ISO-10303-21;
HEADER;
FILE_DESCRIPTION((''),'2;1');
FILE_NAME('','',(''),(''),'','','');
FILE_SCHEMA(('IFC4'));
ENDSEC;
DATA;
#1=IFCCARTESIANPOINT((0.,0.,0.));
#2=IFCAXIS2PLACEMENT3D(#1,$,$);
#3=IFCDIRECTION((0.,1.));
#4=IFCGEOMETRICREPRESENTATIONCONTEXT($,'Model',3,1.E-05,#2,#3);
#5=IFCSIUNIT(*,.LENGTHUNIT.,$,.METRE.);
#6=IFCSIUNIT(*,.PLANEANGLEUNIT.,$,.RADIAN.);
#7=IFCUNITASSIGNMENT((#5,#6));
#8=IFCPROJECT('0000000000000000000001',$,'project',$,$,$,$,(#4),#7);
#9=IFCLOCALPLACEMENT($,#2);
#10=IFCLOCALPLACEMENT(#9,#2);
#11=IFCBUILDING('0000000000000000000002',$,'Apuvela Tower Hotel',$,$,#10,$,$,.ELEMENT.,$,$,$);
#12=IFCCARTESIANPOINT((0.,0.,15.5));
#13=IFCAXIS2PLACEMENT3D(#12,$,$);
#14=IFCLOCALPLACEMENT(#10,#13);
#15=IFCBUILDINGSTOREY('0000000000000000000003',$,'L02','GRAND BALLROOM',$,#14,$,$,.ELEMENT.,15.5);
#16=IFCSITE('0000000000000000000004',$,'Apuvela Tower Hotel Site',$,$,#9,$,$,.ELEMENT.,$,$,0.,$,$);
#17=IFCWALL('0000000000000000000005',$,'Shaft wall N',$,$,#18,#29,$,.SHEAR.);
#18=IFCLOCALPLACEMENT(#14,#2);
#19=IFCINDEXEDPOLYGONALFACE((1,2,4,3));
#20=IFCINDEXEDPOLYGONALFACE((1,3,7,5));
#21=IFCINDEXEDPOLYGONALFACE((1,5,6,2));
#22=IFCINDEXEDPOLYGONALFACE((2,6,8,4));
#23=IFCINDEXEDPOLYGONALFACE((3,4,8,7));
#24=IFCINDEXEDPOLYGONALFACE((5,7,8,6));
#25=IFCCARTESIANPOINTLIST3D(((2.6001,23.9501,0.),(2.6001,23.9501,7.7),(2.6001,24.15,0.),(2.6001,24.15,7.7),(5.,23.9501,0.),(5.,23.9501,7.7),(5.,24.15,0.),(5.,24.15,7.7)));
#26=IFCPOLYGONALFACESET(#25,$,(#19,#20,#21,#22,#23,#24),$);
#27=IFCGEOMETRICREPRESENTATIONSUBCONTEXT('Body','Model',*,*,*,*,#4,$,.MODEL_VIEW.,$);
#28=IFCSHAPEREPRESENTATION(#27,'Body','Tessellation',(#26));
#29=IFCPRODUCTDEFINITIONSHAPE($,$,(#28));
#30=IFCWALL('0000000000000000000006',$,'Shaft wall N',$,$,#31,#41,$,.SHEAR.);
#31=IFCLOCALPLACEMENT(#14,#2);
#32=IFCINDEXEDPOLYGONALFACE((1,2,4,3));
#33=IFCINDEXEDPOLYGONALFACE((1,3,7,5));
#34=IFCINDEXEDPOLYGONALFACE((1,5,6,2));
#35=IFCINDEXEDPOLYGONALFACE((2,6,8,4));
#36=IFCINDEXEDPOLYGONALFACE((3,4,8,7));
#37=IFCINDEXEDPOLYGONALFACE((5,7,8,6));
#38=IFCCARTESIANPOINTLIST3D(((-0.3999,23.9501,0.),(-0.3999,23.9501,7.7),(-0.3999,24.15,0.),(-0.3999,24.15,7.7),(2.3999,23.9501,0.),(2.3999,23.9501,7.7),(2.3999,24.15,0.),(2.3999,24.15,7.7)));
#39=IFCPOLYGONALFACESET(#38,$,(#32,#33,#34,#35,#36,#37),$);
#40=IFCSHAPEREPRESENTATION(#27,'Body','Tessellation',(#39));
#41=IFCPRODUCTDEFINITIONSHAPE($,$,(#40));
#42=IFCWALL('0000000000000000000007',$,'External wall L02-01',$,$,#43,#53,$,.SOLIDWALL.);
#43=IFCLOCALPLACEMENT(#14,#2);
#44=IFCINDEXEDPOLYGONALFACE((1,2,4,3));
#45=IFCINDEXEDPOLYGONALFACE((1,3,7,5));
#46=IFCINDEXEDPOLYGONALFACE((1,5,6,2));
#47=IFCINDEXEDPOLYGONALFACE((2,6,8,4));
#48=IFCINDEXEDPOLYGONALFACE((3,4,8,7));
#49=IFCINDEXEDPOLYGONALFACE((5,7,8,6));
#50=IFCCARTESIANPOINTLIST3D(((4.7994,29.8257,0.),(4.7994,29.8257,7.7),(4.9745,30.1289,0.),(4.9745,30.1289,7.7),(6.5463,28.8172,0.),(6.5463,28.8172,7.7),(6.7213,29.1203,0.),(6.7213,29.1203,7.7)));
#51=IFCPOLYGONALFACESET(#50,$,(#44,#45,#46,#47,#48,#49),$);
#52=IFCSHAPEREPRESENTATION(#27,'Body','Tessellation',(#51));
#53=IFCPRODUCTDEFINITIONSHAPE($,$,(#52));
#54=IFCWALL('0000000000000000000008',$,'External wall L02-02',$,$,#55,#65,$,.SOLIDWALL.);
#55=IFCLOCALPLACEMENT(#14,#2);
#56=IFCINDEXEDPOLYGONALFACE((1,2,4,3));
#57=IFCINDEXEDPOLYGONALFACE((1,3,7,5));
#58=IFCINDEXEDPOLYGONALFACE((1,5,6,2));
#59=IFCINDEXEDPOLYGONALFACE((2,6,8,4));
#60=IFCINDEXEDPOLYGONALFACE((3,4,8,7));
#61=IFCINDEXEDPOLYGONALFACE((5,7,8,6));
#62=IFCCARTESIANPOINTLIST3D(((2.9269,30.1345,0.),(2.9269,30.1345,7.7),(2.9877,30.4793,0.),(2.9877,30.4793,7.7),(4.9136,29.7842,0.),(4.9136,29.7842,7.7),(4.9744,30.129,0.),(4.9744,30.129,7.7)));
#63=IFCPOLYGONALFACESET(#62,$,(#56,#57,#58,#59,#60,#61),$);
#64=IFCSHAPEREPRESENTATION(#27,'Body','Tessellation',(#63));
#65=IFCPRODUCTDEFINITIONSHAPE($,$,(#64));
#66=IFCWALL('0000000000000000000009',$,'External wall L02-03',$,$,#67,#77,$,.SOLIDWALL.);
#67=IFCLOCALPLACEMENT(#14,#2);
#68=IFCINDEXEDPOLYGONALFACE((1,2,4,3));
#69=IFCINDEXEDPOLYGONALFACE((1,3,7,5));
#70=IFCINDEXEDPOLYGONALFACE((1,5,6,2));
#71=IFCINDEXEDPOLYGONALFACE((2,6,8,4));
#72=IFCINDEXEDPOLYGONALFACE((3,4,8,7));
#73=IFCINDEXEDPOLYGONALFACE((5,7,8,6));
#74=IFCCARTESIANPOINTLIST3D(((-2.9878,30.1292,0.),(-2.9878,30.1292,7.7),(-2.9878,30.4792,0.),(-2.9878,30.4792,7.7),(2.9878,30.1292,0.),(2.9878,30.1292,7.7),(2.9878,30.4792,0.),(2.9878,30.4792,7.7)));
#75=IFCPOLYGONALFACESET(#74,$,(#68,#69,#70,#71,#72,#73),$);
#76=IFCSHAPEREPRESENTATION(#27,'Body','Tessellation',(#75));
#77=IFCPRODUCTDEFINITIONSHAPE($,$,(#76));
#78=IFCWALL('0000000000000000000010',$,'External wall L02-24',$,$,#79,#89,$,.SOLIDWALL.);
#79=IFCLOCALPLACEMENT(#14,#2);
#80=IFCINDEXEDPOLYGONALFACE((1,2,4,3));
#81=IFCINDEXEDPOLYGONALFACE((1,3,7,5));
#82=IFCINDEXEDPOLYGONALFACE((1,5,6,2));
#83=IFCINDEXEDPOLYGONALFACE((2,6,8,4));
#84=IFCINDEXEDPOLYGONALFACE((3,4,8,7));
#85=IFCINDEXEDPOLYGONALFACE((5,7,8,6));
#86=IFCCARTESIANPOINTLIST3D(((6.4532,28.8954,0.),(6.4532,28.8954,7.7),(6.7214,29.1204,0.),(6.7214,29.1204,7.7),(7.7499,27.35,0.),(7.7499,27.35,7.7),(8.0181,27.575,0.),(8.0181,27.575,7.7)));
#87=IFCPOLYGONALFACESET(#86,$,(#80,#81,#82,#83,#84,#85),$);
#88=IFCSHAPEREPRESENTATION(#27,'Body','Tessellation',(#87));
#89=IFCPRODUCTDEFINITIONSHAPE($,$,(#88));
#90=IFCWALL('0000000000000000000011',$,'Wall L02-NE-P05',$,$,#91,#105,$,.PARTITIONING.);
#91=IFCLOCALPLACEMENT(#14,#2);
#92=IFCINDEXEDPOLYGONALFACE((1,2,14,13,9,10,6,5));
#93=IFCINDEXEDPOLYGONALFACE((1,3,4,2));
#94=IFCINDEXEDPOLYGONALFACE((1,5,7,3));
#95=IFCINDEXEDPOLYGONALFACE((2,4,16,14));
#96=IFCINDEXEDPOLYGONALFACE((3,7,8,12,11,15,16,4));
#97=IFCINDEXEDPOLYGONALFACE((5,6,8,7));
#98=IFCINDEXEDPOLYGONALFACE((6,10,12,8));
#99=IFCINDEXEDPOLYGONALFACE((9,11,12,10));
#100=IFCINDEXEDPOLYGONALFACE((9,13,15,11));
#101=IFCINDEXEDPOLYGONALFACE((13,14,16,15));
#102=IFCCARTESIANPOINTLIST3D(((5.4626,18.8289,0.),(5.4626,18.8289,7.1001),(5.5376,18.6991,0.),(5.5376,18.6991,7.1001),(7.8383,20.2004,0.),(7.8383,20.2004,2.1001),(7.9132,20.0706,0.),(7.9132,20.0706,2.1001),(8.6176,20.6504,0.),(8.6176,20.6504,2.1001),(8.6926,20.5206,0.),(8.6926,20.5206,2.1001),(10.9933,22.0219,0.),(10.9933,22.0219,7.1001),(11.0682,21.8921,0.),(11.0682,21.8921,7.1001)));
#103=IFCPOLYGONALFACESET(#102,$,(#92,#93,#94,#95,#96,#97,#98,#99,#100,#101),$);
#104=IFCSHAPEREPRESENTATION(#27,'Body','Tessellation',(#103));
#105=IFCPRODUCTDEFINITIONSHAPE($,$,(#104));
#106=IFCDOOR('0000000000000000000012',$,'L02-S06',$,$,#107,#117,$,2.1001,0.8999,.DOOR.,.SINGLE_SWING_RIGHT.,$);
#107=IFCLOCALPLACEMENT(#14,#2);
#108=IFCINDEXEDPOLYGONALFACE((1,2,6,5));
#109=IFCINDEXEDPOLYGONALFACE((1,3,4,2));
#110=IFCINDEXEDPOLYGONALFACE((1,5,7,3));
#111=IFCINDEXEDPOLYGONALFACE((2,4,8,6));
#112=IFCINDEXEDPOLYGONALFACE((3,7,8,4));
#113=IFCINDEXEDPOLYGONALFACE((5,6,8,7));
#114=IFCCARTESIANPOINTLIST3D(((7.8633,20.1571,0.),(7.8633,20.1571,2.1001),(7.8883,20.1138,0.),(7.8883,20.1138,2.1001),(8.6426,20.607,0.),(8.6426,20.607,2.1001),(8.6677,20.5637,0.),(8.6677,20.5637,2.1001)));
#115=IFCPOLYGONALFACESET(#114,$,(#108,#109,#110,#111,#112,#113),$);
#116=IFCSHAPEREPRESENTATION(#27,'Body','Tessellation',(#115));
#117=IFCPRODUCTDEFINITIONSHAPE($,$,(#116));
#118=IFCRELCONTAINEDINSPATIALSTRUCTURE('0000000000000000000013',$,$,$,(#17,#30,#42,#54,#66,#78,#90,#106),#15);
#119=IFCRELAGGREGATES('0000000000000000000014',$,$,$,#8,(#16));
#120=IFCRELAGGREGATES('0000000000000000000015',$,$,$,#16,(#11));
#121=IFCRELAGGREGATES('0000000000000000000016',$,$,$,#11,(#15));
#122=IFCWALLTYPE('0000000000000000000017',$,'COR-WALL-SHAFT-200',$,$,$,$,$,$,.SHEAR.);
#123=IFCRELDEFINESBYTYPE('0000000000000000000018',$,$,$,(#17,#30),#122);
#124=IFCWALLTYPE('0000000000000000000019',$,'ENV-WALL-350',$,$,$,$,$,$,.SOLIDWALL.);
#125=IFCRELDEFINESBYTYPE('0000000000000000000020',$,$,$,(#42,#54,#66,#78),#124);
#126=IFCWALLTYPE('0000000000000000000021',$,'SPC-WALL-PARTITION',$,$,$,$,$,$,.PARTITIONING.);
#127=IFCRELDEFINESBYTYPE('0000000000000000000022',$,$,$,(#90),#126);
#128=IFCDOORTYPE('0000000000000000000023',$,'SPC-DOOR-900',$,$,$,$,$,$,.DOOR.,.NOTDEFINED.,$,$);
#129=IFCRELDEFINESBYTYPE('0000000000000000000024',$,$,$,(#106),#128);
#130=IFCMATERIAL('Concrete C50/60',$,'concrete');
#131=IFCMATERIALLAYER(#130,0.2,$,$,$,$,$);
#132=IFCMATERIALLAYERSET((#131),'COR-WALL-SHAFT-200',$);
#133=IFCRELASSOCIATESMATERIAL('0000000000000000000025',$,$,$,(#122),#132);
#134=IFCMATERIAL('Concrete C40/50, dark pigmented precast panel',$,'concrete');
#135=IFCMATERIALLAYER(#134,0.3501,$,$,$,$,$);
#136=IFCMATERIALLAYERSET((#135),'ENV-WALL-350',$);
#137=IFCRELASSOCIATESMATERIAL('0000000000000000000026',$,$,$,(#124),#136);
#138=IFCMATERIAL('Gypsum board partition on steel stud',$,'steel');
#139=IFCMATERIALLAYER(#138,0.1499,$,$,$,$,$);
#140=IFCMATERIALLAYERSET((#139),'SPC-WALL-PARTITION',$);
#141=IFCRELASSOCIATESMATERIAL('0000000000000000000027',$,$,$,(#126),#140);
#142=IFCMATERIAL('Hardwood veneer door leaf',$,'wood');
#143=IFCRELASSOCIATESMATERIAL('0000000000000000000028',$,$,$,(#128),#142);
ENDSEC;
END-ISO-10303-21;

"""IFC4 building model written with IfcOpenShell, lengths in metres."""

from ifc_helpers import new_model, si_unit, direction, frame, frame_2d, origin, place, context, subcontext, project, spatial, rectangle, extrude, material, layer, layer_set, type_object, element, fill, save


model = new_model("IFC4")

# Units and contexts
model_context = context("Model", 3, precision=1e-05, world=origin(), true_north=direction((0.0, 1.0)))
body_context = subcontext(model_context, "Body", "Model", "MODEL_VIEW")
ifc_project = project(units=[si_unit("LENGTHUNIT", "METRE"), si_unit("PLANEANGLEUNIT", "RADIAN")], contexts=[model_context])

# Site, building, storey
site_placement = place(None, origin())
site = spatial("IfcSite", under=ifc_project, at=site_placement, Name="Apuvela Tower Hotel Site", CompositionType="ELEMENT", RefElevation=0.0)
building_placement = place(site_placement, origin())
building = spatial("IfcBuilding", under=site, at=building_placement, Name="Apuvela Tower Hotel", CompositionType="ELEMENT")
storey_placement = place(building_placement, frame((0.0, 0.0, 15.5)))
storey = spatial("IfcBuildingStorey", under=building, at=storey_placement, Name="L02", Description="GRAND BALLROOM", CompositionType="ELEMENT", Elevation=15.5)

# Walls
ifc_material_1 = material(Name="Concrete C50/60", Category="concrete")
ifc_layer_1 = layer(ifc_material_1, 0.2)
ifc_layer_set_1 = layer_set([ifc_layer_1], Name="COR-WALL-SHAFT-200")
wall_type_1 = type_object("IfcWallType", Name="COR-WALL-SHAFT-200", PredefinedType="SHEAR", material=ifc_layer_set_1)
wall_1_placement = place(storey_placement, frame((5.0, 24.05, 0.0), z_axis=(0.0, 0.0, 1.0), x_axis=(-1.0, 0.0, 0.0)))
element("IfcWall", 1, at=wall_1_placement, inside=storey, type_object=wall_type_1, Name="Shaft wall N", PredefinedType="SHEAR", context=body_context, shape_type="SweptSolid", body=[
    extrude(rectangle(XDim=2.3999, YDim=0.2, at=frame_2d((1.2, 0.0))), origin(), (0.0, 0.0, 1.0), 7.7),
])
wall_2_placement = place(storey_placement, frame((2.3999, 24.05, 0.0), z_axis=(0.0, 0.0, 1.0), x_axis=(-1.0, 0.0, 0.0)))
element("IfcWall", 2, at=wall_2_placement, inside=storey, type_object=wall_type_1, Name="Shaft wall N", PredefinedType="SHEAR", context=body_context, shape_type="SweptSolid", body=[
    extrude(rectangle(XDim=2.7998, YDim=0.2, at=frame_2d((1.3999, 0.0))), origin(), (0.0, 0.0, 1.0), 7.7),
])
ifc_material_2 = material(Name="Concrete C40/50, dark pigmented precast panel", Category="concrete")
ifc_layer_2 = layer(ifc_material_2, 0.3501)
ifc_layer_set_2 = layer_set([ifc_layer_2], Name="ENV-WALL-350")
wall_type_2 = type_object("IfcWallType", Name="ENV-WALL-350", PredefinedType="SOLIDWALL", material=ifc_layer_set_2)
wall_3_placement = place(storey_placement, frame((6.6338, 28.9688, 0.0), z_axis=(0.0, 0.0, 1.0), x_axis=(-0.866022, 0.500005, 0.0)))
element("IfcWall", 3, at=wall_3_placement, inside=storey, type_object=wall_type_2, Name="External wall L02-01", PredefinedType="SOLIDWALL", context=body_context, shape_type="SweptSolid", body=[
    extrude(rectangle(XDim=2.0171, YDim=0.3501, at=frame_2d((1.0085, 0.0))), origin(), (0.0, 0.0, 1.0), 7.7),
])
wall_4_placement = place(storey_placement, frame((4.9441, 29.9565, 0.0), z_axis=(0.0, 0.0, 1.0), x_axis=(-0.984803, 0.173675, 0.0)))
element("IfcWall", 4, at=wall_4_placement, inside=storey, type_object=wall_type_2, Name="External wall L02-02", PredefinedType="SOLIDWALL", context=body_context, shape_type="SweptSolid", body=[
    extrude(rectangle(XDim=2.0173, YDim=0.3501, at=frame_2d((1.0088, 0.0))), origin(), (0.0, 0.0, 1.0), 7.7),
])
wall_5_placement = place(storey_placement, frame((2.9878, 30.3042, 0.0), z_axis=(0.0, 0.0, 1.0), x_axis=(-1.0, 0.0, 0.0)))
element("IfcWall", 5, at=wall_5_placement, inside=storey, type_object=wall_type_2, Name="External wall L02-03", PredefinedType="SOLIDWALL", context=body_context, shape_type="SweptSolid", body=[
    extrude(rectangle(XDim=5.9756, YDim=0.3501, at=frame_2d((2.9878, 0.0))), origin(), (0.0, 0.0, 1.0), 7.7),
])
wall_6_placement = place(storey_placement, frame((7.884, 27.4624, 0.0), z_axis=(0.0, 0.0, 1.0), x_axis=(-0.642752, 0.766074, 0.0)))
element("IfcWall", 6, at=wall_6_placement, inside=storey, type_object=wall_type_2, Name="External wall L02-24", PredefinedType="SOLIDWALL", context=body_context, shape_type="SweptSolid", body=[
    extrude(rectangle(XDim=2.0173, YDim=0.3501, at=frame_2d((1.0088, 0.0))), origin(), (0.0, 0.0, 1.0), 7.7),
])

# Wall, opening, door
ifc_material_3 = material(Name="Gypsum board partition on steel stud", Category="steel")
ifc_layer_3 = layer(ifc_material_3, 0.1499)
ifc_layer_set_3 = layer_set([ifc_layer_3], Name="SPC-WALL-PARTITION")
wall_type_3 = type_object("IfcWallType", Name="SPC-WALL-PARTITION", PredefinedType="PARTITIONING", material=ifc_layer_set_3)
wall_7_placement = place(storey_placement, frame((11.0308, 21.957, 0.0), z_axis=(0.0, 0.0, 1.0), x_axis=(-0.86603, -0.499992, 0.0)))
wall_7 = element("IfcWall", 7, at=wall_7_placement, inside=storey, type_object=wall_type_3, Name="Wall L02-NE-P05", PredefinedType="PARTITIONING", context=body_context, shape_type="SweptSolid", body=[
    extrude(rectangle(XDim=6.3862, YDim=0.1499, at=frame_2d((3.1931, 0.0))), origin(), (0.0, 0.0, 1.0), 7.1001),
])
opening_placement = place(wall_7_placement, frame((2.7432, 0.0, 0.0)))
opening = element("IfcOpeningElement", 8, at=opening_placement, cuts=wall_7, PredefinedType="OPENING", context=body_context, shape_type="SweptSolid", body=[
    extrude(rectangle(XDim=0.8999, YDim=2.1001, at=frame_2d((0.45, 1.05))), frame((0.0, 0.085, 0.0), z_axis=(0.0, -1.0, 0.0), x_axis=(1.0, 0.0, 0.0)), (0.0, 0.0, 1.0), 0.1699),
])
ifc_material_4 = material(Name="Hardwood veneer door leaf", Category="wood")
door_type = type_object("IfcDoorType", Name="SPC-DOOR-900", OperationType="NOTDEFINED", PredefinedType="DOOR", material=ifc_material_4)
door_placement = place(opening_placement, frame((0.8999, 0.0, 0.0), z_axis=(0.0, 0.0, 1.0), x_axis=(-1.0, 0.0, 0.0)))
door = element("IfcDoor", 9, at=door_placement, inside=storey, type_object=door_type, Name="L02-S06", OperationType="SINGLE_SWING_RIGHT", OverallHeight=2.1001, OverallWidth=0.8999, PredefinedType="DOOR", context=body_context, shape_type="SweptSolid", body=[
    extrude(rectangle(XDim=0.8999, YDim=2.1001, at=frame_2d((0.45, 1.05))), frame((0.0, 0.0249, 0.0), z_axis=(0.0, -1.0, 0.0), x_axis=(1.0, 0.0, 0.0)), (0.0, 0.0, 1.0), 0.05),
])
fill(opening, door)

save(model, "model.ifc")
